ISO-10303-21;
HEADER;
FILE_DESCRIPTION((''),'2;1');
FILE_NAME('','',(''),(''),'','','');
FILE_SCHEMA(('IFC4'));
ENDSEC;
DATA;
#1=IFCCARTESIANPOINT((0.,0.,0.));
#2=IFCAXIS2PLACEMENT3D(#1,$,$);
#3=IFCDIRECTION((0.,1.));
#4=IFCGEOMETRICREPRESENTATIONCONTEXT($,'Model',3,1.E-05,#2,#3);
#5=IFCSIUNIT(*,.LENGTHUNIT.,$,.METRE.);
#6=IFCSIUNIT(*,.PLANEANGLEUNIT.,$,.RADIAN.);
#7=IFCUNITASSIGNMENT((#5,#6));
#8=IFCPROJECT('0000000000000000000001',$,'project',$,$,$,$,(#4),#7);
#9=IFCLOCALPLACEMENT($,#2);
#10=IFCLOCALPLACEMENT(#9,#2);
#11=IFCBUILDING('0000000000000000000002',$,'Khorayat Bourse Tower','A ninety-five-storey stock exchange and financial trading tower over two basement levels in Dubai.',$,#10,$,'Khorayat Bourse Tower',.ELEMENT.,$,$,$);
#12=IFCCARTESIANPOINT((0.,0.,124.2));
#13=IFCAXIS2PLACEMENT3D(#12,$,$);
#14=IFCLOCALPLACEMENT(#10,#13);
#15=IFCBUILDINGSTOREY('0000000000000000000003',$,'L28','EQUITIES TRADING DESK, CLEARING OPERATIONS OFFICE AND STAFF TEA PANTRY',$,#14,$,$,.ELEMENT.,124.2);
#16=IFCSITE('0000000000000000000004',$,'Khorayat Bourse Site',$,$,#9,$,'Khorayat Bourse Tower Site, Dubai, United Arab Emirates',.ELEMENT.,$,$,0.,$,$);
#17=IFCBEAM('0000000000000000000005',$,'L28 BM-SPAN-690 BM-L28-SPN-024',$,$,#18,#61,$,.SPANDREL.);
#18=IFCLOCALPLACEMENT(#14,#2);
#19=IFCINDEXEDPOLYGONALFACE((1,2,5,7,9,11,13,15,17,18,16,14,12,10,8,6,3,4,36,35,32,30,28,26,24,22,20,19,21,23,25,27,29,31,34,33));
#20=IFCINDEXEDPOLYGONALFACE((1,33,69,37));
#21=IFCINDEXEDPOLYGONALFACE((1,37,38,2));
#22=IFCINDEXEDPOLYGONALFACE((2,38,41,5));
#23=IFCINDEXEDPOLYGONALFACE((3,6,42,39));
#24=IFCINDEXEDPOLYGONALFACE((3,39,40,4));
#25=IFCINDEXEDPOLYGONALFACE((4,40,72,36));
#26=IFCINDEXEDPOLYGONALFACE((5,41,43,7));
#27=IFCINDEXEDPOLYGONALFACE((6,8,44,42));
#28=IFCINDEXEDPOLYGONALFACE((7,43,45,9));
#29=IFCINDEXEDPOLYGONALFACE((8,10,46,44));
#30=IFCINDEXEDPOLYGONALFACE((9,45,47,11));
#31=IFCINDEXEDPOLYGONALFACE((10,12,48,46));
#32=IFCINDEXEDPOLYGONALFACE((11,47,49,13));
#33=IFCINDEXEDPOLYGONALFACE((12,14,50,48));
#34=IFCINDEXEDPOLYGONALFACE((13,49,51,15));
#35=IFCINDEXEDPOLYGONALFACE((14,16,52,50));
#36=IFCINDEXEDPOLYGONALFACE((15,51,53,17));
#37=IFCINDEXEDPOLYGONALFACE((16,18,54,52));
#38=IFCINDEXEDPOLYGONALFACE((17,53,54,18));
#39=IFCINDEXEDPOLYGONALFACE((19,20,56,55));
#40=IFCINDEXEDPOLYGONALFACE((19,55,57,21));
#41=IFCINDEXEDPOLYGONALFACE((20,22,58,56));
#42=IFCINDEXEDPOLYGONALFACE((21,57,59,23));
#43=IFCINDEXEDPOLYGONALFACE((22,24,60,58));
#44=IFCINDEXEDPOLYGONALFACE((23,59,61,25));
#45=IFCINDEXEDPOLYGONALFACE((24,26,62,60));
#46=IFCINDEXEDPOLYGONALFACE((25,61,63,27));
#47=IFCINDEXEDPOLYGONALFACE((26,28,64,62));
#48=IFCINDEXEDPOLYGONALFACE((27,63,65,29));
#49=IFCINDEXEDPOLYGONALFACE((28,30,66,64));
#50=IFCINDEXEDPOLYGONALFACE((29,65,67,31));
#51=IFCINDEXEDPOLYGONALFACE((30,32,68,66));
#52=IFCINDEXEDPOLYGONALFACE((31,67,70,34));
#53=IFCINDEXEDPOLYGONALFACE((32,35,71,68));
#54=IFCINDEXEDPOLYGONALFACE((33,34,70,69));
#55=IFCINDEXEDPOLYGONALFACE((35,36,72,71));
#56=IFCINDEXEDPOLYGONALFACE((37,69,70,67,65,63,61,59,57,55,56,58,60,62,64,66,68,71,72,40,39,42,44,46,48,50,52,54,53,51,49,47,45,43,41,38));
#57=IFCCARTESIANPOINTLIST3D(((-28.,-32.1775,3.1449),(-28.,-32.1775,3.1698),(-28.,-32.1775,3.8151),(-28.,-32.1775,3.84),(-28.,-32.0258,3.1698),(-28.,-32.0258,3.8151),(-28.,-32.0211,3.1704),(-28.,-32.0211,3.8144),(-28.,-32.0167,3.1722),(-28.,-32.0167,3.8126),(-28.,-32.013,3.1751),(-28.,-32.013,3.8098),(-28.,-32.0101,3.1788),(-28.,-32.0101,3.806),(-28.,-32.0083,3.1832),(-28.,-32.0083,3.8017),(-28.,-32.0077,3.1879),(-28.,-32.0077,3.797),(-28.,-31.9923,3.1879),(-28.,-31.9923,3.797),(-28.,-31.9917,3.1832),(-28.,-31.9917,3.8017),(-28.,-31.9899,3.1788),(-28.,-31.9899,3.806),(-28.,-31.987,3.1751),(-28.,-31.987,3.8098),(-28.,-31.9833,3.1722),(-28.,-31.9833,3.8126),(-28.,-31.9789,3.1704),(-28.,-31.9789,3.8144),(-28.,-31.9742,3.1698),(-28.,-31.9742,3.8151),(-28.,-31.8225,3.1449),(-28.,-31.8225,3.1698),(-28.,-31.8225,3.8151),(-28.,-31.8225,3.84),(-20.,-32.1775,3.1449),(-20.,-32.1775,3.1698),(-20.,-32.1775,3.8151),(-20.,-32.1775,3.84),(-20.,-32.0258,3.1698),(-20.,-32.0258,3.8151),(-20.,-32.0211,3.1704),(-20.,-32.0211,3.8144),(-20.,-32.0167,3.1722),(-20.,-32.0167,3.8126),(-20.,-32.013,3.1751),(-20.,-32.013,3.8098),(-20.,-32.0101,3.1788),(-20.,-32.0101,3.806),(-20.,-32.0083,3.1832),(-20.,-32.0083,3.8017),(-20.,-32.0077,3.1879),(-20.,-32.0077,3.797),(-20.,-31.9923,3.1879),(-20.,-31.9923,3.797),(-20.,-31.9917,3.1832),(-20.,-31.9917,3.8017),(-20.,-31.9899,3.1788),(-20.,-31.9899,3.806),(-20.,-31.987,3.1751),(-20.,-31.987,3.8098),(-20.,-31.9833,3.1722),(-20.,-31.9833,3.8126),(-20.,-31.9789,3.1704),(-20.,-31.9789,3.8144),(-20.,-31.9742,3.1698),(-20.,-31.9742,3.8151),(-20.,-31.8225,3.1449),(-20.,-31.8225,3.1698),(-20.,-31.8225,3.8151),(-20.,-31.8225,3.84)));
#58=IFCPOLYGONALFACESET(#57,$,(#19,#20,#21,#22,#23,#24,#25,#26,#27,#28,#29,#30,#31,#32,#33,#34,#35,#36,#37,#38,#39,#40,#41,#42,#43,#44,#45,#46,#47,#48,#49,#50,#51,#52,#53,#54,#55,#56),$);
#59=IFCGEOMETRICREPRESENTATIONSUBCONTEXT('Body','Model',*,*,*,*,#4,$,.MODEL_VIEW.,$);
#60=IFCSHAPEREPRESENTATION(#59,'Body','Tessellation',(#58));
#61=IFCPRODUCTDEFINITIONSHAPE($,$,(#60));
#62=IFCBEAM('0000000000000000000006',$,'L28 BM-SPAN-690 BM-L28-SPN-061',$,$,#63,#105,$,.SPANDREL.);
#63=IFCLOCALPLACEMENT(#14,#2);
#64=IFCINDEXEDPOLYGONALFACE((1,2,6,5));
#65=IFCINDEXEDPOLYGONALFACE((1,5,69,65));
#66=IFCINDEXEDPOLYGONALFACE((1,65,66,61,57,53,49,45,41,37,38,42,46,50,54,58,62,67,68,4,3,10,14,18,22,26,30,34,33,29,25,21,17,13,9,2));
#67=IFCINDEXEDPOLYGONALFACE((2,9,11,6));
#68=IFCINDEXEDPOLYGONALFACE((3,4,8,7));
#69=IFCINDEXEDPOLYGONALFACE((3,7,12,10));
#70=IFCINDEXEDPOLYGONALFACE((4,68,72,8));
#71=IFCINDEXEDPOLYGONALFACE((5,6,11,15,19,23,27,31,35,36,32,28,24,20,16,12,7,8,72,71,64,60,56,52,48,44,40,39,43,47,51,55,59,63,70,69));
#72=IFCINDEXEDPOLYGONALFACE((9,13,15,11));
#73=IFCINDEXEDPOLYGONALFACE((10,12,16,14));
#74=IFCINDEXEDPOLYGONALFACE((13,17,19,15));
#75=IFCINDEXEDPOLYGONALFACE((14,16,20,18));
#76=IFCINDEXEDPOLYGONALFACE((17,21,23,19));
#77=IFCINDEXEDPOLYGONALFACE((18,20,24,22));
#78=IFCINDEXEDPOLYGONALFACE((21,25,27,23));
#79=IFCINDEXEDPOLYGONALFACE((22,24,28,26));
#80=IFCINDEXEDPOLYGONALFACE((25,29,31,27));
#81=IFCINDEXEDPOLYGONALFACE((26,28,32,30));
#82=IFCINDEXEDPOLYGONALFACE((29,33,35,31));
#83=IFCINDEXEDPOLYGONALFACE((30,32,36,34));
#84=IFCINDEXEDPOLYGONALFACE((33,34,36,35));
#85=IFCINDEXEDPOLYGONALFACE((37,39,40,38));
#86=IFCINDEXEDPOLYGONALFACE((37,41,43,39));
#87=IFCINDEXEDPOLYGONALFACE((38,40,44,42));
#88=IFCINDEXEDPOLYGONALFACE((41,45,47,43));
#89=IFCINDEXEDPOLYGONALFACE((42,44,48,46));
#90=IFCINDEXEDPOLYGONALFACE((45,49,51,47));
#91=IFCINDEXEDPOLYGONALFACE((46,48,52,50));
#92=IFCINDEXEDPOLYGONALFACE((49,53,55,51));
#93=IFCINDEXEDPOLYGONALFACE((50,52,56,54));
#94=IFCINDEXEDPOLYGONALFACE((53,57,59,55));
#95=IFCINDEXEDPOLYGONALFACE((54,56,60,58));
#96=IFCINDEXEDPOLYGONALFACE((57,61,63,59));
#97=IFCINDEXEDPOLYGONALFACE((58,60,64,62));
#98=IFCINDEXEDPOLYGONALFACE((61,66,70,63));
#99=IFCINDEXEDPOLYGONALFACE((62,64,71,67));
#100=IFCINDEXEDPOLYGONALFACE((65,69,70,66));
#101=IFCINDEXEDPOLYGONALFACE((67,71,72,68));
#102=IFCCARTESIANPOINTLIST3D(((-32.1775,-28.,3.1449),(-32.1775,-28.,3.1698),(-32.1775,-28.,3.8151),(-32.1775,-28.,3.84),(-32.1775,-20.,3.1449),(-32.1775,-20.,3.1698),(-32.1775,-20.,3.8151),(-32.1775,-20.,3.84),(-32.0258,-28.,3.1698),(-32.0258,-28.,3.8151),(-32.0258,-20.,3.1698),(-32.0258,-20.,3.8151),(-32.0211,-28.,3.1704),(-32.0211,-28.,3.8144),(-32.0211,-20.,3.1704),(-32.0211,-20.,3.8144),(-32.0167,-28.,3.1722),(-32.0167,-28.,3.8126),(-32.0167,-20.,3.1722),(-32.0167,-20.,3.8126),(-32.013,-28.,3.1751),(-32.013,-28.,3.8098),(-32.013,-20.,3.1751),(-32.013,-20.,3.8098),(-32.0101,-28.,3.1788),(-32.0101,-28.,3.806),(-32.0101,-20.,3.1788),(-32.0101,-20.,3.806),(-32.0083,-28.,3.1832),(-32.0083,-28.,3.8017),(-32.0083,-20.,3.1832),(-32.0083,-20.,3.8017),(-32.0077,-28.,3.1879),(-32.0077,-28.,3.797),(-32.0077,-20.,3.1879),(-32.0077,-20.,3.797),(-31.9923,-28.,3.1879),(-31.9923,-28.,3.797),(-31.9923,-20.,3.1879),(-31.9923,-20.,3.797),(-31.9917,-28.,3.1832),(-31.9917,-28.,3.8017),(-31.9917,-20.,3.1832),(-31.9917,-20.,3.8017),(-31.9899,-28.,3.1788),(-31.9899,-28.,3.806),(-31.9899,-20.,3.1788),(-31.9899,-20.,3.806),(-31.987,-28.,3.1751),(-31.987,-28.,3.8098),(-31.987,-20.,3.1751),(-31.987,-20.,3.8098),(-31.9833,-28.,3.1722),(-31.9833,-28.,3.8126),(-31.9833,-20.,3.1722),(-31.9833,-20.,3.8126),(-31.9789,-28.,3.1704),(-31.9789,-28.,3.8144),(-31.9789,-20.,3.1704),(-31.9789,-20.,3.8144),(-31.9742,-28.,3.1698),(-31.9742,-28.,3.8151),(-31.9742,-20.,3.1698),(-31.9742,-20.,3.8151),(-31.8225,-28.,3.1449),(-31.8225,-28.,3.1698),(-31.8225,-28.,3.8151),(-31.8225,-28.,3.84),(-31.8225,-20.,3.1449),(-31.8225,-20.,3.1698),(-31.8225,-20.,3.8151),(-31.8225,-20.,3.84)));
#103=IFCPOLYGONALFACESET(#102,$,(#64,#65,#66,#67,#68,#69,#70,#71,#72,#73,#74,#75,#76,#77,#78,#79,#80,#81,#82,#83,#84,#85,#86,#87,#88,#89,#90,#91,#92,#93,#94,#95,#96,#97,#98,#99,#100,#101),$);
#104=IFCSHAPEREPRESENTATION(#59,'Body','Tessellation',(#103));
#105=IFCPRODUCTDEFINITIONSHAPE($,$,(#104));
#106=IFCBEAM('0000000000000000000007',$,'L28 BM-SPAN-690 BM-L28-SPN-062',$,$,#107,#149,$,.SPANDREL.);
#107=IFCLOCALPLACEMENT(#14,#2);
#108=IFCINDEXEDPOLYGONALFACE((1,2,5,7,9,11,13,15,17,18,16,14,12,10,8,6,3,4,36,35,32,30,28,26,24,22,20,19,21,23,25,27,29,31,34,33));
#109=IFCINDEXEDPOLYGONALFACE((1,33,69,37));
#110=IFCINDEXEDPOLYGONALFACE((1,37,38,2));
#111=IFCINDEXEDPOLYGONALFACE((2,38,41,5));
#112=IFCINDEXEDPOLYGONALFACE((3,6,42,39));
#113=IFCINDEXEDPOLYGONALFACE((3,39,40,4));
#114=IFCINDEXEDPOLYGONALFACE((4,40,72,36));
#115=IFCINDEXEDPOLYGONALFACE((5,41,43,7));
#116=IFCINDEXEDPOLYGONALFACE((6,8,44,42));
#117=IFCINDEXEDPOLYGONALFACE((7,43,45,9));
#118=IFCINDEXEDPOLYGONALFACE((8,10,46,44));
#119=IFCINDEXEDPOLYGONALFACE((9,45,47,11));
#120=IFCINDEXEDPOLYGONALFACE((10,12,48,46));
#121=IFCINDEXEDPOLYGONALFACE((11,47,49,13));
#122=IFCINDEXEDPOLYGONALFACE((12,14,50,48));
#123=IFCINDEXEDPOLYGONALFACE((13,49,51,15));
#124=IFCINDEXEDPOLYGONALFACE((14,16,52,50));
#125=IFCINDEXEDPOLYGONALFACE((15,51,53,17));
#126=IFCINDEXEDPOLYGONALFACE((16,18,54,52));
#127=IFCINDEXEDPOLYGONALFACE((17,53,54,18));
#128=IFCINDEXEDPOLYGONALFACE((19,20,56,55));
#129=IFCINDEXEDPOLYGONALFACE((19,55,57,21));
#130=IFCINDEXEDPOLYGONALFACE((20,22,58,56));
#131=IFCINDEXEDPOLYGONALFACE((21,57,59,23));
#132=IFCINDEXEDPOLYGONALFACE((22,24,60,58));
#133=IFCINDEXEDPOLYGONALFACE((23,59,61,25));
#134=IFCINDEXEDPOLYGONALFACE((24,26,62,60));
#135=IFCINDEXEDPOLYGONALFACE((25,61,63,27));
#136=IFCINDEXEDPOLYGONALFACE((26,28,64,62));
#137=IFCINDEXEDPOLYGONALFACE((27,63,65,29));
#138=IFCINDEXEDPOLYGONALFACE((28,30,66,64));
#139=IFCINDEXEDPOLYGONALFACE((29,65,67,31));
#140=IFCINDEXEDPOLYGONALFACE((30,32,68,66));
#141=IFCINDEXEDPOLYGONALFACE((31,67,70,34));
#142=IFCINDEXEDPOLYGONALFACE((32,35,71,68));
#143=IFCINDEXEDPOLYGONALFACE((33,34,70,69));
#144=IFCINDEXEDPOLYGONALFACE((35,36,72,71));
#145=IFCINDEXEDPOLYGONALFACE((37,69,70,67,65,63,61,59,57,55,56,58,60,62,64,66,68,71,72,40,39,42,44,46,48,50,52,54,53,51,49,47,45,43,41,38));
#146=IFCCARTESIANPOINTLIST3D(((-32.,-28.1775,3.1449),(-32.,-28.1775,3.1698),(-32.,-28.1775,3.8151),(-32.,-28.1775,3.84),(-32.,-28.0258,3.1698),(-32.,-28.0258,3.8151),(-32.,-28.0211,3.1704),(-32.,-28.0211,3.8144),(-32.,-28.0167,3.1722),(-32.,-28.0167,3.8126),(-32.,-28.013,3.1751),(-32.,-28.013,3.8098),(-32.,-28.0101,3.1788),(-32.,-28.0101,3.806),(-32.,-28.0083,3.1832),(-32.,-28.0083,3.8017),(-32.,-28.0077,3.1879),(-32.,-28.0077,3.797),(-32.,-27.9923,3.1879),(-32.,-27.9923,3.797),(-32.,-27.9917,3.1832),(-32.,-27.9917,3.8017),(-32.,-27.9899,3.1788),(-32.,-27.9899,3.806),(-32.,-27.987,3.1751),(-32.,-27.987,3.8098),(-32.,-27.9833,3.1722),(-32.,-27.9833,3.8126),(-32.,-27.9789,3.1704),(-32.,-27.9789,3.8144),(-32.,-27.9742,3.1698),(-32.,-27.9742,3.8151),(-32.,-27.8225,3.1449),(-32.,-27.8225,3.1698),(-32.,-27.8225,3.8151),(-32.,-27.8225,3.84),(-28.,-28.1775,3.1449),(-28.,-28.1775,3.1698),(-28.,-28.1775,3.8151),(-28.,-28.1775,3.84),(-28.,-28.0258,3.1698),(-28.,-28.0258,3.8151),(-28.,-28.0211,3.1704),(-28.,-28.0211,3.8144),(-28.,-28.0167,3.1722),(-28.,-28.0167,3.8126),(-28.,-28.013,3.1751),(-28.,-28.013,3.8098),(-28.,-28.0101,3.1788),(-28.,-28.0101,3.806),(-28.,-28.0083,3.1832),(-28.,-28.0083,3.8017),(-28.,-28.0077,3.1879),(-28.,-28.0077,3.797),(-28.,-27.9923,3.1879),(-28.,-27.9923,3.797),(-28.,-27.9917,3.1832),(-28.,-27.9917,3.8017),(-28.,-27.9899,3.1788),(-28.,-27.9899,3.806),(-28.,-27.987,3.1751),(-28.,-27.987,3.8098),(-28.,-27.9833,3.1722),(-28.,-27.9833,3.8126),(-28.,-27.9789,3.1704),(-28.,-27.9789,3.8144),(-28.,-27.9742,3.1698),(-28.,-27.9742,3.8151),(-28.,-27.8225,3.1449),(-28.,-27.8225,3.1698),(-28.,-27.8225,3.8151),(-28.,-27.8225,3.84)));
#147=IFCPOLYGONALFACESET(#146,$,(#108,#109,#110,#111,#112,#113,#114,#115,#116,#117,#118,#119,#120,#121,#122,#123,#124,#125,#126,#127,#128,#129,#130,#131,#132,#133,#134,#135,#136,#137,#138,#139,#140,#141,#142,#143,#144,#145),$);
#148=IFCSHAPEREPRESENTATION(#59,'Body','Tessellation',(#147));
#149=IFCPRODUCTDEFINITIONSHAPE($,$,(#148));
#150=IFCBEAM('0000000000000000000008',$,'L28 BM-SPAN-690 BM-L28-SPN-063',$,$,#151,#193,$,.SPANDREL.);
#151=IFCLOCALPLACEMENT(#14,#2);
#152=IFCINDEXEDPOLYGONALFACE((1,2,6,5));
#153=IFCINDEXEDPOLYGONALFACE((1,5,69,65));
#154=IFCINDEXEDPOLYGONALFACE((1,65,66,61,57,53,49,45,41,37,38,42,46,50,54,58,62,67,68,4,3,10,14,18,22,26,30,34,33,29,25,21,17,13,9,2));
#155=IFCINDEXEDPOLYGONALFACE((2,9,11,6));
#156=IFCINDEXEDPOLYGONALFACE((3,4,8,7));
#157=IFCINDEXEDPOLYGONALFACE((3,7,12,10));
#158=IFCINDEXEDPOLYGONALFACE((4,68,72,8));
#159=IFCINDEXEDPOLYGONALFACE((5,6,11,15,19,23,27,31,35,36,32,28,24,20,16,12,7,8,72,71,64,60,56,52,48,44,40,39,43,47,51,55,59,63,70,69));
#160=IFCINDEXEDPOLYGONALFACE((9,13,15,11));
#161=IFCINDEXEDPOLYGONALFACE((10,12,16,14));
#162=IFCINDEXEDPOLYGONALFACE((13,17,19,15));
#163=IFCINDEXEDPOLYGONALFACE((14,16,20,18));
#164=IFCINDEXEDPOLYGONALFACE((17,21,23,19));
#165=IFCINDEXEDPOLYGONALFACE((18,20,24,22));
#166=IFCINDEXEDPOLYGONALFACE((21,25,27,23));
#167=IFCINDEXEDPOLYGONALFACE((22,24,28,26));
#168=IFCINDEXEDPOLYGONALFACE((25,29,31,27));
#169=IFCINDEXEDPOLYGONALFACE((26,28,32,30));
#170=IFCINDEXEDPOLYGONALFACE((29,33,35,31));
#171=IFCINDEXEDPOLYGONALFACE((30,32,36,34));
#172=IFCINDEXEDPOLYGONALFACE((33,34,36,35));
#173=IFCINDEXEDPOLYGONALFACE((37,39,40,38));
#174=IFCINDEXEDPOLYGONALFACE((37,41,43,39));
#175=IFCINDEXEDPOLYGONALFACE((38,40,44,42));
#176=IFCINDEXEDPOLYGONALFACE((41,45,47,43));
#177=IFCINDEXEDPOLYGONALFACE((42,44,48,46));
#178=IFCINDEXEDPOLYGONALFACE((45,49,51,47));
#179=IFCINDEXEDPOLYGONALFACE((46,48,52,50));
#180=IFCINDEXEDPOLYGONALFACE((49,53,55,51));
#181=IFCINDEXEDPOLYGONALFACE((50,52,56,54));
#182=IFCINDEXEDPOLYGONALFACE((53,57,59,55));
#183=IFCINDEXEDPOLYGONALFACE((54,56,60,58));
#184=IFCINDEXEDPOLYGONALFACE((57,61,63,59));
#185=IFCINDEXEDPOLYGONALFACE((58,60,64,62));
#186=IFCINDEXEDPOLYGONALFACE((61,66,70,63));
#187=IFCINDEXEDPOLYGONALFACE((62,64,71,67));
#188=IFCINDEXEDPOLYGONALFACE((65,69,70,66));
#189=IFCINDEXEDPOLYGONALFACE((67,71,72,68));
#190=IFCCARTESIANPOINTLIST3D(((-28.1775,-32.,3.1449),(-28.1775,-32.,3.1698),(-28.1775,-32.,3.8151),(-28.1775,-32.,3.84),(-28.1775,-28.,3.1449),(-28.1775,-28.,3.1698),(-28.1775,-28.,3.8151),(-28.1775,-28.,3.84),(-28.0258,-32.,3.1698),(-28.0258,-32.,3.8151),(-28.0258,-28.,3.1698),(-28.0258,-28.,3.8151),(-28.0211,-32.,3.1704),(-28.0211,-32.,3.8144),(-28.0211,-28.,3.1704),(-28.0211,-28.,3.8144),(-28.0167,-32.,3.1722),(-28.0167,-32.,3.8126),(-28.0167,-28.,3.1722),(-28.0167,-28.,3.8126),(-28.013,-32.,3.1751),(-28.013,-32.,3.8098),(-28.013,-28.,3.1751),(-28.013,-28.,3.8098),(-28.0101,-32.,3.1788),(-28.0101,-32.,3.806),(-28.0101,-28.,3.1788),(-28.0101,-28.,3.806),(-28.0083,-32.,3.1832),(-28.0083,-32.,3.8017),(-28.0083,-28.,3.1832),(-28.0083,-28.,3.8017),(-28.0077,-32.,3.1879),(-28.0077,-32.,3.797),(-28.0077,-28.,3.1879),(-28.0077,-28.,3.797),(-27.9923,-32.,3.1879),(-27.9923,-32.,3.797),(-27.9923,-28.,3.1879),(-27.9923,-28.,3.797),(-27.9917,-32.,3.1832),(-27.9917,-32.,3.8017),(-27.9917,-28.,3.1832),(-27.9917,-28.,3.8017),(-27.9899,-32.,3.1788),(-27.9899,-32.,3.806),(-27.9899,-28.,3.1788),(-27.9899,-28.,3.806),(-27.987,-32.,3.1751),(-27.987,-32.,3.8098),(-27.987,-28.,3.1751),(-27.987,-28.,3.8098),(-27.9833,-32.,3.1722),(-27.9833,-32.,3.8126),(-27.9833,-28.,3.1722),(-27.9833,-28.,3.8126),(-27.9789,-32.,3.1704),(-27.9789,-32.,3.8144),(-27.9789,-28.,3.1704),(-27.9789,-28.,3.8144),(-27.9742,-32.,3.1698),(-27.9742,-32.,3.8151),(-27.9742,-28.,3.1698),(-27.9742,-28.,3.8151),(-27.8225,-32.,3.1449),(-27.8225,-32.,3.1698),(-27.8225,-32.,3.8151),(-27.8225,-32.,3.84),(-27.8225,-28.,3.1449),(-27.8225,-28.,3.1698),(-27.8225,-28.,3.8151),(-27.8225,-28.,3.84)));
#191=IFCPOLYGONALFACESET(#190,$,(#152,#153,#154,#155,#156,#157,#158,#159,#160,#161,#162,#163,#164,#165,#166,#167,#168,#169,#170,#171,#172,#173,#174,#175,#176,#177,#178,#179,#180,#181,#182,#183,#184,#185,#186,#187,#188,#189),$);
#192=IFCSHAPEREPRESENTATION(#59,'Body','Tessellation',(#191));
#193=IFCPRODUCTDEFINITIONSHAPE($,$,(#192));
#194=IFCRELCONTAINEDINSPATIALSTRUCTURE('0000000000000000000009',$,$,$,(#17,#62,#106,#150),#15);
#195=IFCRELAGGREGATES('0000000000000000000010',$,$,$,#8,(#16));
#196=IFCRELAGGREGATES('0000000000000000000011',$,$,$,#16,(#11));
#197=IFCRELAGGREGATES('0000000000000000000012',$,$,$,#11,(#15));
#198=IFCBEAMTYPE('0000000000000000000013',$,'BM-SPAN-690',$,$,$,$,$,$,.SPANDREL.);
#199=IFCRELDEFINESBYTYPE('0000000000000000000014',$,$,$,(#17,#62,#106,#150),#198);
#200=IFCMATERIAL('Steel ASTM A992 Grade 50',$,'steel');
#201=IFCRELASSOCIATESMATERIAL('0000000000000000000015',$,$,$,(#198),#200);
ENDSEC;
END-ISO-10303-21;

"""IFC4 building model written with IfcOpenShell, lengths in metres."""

from ifc_helpers import new_model, si_unit, direction, frame, origin, origin_2d, place, context, subcontext, project, spatial, i_section, extrude, source, transform, mapped, material, material_profile, profile_set, type_object, element, save


model = new_model("IFC4")

# Units and contexts
model_context = context("Model", 3, precision=1e-05, world=origin(), true_north=direction((0.0, 1.0)))
body_context = subcontext(model_context, "Body", "Model", "MODEL_VIEW")
ifc_project = project(units=[si_unit("LENGTHUNIT", "METRE"), si_unit("PLANEANGLEUNIT", "RADIAN")], contexts=[model_context])

# Site, building, storey
site_placement = place(None, origin())
site = spatial("IfcSite", under=ifc_project, at=site_placement, Name="Khorayat Bourse Site", LongName="Khorayat Bourse Tower Site, Dubai, United Arab Emirates", CompositionType="ELEMENT", RefElevation=0.0)
building_placement = place(site_placement, origin())
building = spatial("IfcBuilding", under=site, at=building_placement, Name="Khorayat Bourse Tower", Description="A ninety-five-storey stock exchange and financial trading tower over two basement levels in Dubai.", LongName="Khorayat Bourse Tower", CompositionType="ELEMENT")
storey_placement = place(building_placement, frame((0.0, 0.0, 124.2)))
storey = spatial("IfcBuildingStorey", under=building, at=storey_placement, Name="L28", Description="EQUITIES TRADING DESK, CLEARING OPERATIONS OFFICE AND STAFF TEA PANTRY", CompositionType="ELEMENT", Elevation=124.2)

# Beams
ifc_material_1 = material(Name="Steel ASTM A992 Grade 50", Category="steel")
ifc_material_profile_1 = material_profile(ifc_material_1, i_section(OverallWidth=0.355, OverallDepth=0.6951, WebThickness=0.0154, FlangeThickness=0.0249, FilletRadius=0.0181, at=origin_2d()), Name="W690X217")
ifc_profile_set_1 = profile_set([ifc_material_profile_1], Name="Steel ASTM A992 Grade 50")
beam_type_1 = type_object("IfcBeamType", Name="BM-SPAN-690", PredefinedType="SPANDREL", material=ifc_profile_set_1)
shared_shape_1 = source(origin(), body_context, "Body", "SweptSolid", [
    extrude(i_section(OverallWidth=0.355, OverallDepth=0.6951, WebThickness=0.0154, FlangeThickness=0.0249, FilletRadius=0.0181, at=origin_2d()), origin(), (0.0, 0.0, 1.0), 8.0),
])
for number, where, z_axis, x_axis, name in (
    (1, (-28.0, -32.0, 3.4924), (1.0, 0.0, 0.0), (0.0, 1.0, 0.0), "L28 BM-SPAN-690 BM-L28-SPN-024"),
    (2, (-32.0, -28.0, 3.4924), (0.0, 1.0, 0.0), (-1.0, 0.0, 0.0), "L28 BM-SPAN-690 BM-L28-SPN-061"),
):
    element("IfcBeam", number, at=place(storey_placement, frame(where, z_axis=z_axis, x_axis=x_axis)), inside=storey, type_object=beam_type_1, Name=name, PredefinedType="SPANDREL", context=body_context, shape_type="MappedRepresentation", body=[
        mapped(shared_shape_1, transform((0.0, 0.0, 0.0), scale=1.0)),
    ])
shared_shape_2 = source(origin(), body_context, "Body", "SweptSolid", [
    extrude(i_section(OverallWidth=0.355, OverallDepth=0.6951, WebThickness=0.0154, FlangeThickness=0.0249, FilletRadius=0.0181, at=origin_2d()), origin(), (0.0, 0.0, 1.0), 4.0),
])
for number, where, z_axis, x_axis, name in (
    (3, (-32.0, -28.0, 3.4924), (1.0, 0.0, 0.0), (0.0, 1.0, 0.0), "L28 BM-SPAN-690 BM-L28-SPN-062"),
    (4, (-28.0, -32.0, 3.4924), (0.0, 1.0, 0.0), (-1.0, 0.0, 0.0), "L28 BM-SPAN-690 BM-L28-SPN-063"),
):
    element("IfcBeam", number, at=place(storey_placement, frame(where, z_axis=z_axis, x_axis=x_axis)), inside=storey, type_object=beam_type_1, Name=name, PredefinedType="SPANDREL", context=body_context, shape_type="MappedRepresentation", body=[
        mapped(shared_shape_2, transform((0.0, 0.0, 0.0), scale=1.0)),
    ])

save(model, "model.ifc")
